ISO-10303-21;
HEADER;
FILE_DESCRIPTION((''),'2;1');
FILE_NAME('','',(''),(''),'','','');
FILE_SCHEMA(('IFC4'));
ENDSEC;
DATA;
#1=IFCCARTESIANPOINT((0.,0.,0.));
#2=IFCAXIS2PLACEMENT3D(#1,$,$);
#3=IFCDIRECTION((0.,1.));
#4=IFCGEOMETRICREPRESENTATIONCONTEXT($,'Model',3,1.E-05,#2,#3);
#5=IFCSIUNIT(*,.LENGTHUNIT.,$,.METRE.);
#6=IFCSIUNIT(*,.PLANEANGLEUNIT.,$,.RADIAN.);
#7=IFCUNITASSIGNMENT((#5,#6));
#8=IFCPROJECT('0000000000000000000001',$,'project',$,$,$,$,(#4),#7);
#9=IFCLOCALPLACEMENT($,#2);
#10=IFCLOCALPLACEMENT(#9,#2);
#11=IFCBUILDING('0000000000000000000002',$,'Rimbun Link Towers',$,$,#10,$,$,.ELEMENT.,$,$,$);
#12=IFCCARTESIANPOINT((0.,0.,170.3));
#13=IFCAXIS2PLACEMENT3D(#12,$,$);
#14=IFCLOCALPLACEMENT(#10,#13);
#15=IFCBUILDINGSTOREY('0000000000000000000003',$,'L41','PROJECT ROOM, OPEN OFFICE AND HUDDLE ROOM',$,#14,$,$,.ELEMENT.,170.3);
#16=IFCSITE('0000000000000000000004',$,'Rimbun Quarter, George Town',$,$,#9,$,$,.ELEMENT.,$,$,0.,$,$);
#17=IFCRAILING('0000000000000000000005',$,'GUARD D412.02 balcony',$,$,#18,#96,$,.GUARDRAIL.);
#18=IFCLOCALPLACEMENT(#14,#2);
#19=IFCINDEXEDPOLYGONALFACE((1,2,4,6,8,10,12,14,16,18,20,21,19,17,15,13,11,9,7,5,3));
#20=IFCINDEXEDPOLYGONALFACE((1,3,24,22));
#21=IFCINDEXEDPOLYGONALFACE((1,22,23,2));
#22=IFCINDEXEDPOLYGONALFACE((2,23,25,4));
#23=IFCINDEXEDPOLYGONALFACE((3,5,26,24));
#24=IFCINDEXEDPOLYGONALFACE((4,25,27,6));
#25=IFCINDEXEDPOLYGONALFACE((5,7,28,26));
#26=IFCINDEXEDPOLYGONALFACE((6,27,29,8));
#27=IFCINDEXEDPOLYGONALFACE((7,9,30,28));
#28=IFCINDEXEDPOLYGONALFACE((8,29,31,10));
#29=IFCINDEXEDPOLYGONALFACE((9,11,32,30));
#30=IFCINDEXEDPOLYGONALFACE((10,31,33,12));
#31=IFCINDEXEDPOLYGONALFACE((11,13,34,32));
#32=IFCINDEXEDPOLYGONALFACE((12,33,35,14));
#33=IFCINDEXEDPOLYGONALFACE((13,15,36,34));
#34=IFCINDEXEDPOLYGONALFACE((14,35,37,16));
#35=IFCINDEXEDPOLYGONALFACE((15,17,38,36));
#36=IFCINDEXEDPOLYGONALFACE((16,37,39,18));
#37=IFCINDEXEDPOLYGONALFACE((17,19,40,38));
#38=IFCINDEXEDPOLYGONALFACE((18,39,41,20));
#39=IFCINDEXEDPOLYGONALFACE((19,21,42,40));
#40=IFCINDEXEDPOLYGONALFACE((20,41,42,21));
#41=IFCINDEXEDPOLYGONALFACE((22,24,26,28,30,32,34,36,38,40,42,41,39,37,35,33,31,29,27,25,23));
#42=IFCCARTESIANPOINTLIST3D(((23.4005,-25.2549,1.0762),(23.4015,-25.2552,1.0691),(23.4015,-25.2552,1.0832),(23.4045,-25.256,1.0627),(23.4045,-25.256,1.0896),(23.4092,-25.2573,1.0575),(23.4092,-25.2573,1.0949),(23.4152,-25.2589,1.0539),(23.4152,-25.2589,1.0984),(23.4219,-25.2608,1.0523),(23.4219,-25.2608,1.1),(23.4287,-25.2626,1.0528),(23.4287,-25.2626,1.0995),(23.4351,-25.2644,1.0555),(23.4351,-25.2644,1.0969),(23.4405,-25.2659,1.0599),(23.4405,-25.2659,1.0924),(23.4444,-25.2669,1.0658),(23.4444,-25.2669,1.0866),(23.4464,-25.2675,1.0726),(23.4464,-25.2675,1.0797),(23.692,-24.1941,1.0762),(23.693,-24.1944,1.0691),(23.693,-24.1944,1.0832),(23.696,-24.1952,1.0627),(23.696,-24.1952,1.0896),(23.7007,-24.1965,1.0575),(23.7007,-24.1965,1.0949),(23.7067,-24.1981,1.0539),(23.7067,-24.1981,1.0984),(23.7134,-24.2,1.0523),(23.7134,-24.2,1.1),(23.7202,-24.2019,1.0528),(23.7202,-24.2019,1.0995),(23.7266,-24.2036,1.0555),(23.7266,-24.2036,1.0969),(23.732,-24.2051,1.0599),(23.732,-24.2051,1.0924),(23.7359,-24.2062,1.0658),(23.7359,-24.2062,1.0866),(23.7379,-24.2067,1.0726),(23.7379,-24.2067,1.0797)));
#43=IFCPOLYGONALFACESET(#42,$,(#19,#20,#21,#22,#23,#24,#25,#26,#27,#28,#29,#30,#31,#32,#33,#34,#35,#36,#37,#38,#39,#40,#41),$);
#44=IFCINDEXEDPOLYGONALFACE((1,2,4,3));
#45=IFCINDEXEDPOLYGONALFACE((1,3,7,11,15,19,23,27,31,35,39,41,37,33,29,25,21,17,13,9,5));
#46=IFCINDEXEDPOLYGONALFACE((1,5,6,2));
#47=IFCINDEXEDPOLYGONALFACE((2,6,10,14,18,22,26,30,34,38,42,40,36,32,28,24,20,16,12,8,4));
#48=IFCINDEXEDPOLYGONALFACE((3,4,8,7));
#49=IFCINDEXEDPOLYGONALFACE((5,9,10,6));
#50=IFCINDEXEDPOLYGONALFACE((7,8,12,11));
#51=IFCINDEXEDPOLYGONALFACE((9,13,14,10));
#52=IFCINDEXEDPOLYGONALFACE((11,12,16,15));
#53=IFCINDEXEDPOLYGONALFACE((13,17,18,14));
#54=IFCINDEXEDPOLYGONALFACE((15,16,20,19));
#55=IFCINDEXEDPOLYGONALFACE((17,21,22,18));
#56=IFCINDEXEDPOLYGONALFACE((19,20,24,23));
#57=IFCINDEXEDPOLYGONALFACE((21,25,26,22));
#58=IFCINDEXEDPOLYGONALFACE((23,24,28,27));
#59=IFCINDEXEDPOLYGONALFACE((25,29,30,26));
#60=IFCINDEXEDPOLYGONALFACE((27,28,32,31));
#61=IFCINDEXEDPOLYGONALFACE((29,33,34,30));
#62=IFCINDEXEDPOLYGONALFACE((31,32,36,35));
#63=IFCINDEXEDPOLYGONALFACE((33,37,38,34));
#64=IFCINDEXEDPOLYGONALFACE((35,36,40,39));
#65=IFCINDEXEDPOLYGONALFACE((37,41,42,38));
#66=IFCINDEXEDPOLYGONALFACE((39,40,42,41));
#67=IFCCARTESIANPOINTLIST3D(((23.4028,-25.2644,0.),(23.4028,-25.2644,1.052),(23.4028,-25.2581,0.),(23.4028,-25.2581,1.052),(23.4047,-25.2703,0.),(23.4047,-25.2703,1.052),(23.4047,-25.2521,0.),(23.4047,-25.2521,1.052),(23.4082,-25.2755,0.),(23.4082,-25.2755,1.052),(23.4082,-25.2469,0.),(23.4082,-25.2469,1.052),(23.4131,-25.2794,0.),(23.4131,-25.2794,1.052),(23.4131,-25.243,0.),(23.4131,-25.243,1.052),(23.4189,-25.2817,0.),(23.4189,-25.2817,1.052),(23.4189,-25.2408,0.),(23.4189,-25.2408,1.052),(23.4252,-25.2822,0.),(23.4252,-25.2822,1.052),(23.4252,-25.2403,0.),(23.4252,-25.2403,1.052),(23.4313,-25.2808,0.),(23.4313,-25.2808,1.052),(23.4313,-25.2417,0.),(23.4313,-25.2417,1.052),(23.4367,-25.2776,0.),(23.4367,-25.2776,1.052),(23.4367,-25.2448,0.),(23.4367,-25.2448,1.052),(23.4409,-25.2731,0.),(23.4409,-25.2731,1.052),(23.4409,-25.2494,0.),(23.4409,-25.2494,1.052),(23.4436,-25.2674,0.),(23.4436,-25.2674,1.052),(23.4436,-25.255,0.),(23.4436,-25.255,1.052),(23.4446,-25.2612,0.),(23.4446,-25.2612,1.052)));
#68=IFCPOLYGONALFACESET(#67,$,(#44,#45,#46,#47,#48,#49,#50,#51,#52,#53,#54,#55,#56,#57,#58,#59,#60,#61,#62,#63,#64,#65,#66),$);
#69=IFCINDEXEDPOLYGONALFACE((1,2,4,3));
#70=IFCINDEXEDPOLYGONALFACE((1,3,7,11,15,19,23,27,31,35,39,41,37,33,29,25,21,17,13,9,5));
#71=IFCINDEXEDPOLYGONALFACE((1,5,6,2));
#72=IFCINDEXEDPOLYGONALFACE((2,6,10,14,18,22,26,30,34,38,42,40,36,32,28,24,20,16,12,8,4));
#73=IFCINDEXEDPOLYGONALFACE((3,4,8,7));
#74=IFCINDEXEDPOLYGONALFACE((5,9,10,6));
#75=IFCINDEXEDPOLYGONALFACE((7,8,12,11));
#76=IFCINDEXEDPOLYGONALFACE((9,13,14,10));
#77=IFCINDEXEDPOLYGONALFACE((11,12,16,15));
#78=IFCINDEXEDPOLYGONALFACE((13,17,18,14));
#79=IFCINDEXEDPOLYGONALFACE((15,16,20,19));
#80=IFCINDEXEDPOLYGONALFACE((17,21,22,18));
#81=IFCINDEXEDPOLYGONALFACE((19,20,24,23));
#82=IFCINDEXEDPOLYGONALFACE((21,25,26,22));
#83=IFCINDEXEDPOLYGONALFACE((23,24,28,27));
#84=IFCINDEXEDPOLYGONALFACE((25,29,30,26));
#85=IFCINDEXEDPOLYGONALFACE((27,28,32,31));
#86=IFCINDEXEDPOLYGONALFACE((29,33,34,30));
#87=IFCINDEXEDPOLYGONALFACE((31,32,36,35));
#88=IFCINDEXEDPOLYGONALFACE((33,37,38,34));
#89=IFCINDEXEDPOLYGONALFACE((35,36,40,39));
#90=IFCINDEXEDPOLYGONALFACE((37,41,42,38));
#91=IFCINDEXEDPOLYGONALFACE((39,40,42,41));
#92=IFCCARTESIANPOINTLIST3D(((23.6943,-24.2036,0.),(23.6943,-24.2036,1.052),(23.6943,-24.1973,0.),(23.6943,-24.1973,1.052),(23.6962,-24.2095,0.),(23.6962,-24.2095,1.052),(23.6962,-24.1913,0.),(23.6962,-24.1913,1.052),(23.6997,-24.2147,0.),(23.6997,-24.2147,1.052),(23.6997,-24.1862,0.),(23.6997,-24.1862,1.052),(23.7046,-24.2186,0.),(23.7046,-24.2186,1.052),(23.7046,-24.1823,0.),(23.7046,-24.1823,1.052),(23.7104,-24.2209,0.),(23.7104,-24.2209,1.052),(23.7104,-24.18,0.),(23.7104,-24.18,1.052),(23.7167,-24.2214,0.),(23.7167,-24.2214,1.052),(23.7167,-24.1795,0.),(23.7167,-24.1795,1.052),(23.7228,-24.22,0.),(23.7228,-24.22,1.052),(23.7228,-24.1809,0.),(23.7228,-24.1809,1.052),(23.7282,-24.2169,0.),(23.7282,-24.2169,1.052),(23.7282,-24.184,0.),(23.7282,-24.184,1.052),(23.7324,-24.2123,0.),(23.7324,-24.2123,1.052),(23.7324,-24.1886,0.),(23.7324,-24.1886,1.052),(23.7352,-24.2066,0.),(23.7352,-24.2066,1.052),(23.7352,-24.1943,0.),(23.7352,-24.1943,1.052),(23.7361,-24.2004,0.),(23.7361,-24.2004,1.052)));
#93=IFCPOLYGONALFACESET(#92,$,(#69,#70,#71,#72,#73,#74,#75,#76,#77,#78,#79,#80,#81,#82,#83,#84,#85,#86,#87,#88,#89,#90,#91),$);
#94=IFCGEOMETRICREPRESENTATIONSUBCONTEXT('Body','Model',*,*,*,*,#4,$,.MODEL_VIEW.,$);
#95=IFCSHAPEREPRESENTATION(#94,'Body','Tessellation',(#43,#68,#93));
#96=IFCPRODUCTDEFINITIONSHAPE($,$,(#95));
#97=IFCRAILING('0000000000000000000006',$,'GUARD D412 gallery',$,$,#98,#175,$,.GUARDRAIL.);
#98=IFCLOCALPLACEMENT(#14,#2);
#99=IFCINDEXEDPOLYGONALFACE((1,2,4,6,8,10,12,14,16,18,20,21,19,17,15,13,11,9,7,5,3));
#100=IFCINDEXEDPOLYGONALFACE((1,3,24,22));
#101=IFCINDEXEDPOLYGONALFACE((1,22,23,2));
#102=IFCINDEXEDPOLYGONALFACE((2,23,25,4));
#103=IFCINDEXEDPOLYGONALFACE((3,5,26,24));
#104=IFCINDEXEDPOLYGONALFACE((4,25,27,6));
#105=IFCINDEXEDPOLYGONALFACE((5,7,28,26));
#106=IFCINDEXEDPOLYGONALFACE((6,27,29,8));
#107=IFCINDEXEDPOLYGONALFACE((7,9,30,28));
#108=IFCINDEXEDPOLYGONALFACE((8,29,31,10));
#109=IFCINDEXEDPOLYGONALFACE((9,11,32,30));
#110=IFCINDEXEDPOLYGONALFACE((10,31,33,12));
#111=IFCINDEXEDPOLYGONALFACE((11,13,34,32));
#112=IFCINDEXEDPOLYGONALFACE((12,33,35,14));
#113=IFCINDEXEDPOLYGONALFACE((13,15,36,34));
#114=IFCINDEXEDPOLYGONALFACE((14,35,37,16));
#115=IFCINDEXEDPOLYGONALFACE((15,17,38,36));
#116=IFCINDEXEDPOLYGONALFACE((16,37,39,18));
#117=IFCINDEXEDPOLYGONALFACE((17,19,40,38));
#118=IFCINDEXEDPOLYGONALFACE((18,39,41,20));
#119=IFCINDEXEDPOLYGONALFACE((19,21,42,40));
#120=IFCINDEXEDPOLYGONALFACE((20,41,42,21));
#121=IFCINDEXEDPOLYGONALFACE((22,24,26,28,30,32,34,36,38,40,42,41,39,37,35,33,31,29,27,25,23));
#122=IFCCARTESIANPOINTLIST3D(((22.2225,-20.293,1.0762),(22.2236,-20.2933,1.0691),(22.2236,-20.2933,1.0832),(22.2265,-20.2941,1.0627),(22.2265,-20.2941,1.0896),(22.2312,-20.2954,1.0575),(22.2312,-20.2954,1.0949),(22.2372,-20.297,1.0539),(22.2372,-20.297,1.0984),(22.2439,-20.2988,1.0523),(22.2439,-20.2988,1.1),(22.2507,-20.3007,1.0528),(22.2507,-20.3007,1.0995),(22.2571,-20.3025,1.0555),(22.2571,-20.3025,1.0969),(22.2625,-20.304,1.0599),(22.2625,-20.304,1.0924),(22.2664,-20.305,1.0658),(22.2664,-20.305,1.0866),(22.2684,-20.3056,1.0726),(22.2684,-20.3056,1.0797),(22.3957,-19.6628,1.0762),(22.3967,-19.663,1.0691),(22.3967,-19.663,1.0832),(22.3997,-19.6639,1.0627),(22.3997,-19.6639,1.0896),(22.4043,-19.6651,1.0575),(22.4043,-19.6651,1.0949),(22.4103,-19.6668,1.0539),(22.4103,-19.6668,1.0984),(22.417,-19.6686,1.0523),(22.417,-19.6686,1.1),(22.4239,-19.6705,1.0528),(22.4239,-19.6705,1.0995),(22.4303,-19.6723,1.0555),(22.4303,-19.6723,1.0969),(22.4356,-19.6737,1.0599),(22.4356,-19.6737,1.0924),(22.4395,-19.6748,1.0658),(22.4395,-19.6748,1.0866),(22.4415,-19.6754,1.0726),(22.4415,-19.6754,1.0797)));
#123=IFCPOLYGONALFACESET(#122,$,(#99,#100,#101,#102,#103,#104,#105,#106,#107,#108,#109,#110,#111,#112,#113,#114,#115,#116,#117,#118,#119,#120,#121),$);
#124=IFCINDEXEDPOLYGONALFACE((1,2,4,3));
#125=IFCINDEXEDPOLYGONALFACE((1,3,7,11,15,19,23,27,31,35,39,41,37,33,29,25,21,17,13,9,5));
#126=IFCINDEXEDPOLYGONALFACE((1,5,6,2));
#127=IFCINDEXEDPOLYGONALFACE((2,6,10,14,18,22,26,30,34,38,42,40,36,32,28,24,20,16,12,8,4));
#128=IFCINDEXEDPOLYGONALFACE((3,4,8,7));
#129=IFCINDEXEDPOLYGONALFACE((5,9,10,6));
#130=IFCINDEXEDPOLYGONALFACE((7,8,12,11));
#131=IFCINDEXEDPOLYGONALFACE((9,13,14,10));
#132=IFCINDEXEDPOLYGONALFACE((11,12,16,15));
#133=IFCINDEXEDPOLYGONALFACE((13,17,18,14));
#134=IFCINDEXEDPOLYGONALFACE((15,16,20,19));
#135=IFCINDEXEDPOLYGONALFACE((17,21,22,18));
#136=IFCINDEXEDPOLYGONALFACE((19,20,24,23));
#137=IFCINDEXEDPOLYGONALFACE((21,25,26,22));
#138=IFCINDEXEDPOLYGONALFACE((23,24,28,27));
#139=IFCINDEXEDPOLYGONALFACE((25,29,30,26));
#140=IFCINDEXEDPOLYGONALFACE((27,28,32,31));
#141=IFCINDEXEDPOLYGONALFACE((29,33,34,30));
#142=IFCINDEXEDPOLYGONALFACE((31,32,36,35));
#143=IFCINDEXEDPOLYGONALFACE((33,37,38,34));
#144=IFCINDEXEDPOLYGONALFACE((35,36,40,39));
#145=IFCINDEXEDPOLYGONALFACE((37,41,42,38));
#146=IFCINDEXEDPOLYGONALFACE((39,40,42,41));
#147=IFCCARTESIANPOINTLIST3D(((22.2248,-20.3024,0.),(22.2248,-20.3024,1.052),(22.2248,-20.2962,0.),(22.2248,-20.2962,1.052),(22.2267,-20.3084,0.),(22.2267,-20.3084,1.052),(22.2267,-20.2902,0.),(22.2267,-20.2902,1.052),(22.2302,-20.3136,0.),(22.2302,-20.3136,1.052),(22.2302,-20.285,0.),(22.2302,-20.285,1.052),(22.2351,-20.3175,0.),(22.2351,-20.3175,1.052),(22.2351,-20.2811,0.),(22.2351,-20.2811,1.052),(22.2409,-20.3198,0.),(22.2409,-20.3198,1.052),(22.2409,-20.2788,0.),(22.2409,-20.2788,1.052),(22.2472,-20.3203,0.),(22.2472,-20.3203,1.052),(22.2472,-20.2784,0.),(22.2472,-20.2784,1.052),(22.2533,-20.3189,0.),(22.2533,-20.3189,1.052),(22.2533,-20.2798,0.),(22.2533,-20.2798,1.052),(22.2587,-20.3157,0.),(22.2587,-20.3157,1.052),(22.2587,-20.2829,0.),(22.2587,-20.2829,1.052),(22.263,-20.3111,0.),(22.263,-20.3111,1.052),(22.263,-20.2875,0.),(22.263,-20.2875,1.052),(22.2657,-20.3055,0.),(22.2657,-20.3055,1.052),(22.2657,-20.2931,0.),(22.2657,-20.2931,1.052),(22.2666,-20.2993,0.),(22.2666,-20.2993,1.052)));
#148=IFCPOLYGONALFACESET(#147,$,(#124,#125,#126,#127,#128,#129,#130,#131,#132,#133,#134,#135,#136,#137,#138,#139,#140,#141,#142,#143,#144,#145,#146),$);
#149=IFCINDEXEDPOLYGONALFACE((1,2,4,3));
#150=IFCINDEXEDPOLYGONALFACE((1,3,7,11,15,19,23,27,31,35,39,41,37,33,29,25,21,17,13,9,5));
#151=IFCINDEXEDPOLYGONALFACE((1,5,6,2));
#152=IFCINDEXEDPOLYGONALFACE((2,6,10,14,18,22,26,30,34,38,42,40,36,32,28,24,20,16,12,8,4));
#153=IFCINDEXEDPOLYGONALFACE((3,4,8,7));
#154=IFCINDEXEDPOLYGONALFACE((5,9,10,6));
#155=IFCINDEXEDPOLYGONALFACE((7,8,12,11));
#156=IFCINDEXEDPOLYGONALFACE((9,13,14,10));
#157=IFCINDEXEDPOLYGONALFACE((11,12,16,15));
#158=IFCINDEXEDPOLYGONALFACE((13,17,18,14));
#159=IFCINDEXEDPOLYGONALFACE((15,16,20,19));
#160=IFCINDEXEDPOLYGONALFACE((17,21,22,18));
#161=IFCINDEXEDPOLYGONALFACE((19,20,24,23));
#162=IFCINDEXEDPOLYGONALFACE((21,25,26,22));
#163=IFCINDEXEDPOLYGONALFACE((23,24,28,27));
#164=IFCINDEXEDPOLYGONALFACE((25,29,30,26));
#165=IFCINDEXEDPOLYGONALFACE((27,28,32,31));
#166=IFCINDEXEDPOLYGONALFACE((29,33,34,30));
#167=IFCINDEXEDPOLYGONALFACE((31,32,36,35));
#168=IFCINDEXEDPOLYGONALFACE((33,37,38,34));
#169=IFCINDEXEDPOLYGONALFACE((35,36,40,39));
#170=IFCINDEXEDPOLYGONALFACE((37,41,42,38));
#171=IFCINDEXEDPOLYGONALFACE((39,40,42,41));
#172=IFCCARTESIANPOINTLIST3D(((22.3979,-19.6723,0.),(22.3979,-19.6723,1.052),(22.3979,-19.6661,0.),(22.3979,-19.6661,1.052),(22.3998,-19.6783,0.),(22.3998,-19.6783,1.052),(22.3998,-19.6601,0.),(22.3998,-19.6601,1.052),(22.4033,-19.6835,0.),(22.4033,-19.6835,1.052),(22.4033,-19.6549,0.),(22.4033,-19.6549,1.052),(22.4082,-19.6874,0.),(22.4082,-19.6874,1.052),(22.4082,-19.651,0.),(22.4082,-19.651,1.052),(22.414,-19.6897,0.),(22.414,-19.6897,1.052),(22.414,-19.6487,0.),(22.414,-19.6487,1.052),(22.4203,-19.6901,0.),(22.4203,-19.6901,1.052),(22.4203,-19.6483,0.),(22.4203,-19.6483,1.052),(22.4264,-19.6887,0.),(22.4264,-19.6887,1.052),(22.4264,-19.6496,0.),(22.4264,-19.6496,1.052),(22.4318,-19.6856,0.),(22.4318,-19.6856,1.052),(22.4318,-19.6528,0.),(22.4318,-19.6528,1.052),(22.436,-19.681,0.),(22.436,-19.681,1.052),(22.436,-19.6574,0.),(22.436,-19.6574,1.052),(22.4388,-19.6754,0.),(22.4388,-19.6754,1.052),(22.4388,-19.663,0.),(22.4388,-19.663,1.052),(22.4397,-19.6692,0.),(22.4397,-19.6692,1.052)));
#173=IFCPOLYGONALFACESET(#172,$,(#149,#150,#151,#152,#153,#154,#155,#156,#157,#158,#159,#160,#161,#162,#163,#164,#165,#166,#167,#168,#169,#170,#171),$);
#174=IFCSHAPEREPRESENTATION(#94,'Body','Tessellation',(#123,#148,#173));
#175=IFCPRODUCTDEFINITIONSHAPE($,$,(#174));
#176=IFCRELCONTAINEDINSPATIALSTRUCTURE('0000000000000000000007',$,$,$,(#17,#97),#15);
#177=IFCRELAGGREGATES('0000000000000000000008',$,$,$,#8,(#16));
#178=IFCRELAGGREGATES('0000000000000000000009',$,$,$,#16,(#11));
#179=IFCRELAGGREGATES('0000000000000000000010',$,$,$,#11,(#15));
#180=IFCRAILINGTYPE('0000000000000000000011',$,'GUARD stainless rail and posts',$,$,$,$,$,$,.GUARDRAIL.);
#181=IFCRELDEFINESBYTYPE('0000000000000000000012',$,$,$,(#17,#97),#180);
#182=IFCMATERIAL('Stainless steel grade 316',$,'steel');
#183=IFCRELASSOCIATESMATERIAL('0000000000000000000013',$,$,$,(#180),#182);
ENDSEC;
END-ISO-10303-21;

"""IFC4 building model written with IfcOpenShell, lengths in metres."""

from ifc_helpers import new_model, si_unit, direction, frame, origin, origin_2d, place, context, subcontext, project, spatial, circle, extrude, material, type_object, element, save


model = new_model("IFC4")

# Units and contexts
model_context = context("Model", 3, precision=1e-05, world=origin(), true_north=direction((0.0, 1.0)))
body_context = subcontext(model_context, "Body", "Model", "MODEL_VIEW")
ifc_project = project(units=[si_unit("LENGTHUNIT", "METRE"), si_unit("PLANEANGLEUNIT", "RADIAN")], contexts=[model_context])

# Site, building, storey
site_placement = place(None, origin())
site = spatial("IfcSite", under=ifc_project, at=site_placement, Name="Rimbun Quarter, George Town", CompositionType="ELEMENT", RefElevation=0.0)
building_placement = place(site_placement, origin())
building = spatial("IfcBuilding", under=site, at=building_placement, Name="Rimbun Link Towers", CompositionType="ELEMENT")
storey_placement = place(building_placement, frame((0.0, 0.0, 170.3)))
storey = spatial("IfcBuildingStorey", under=building, at=storey_placement, Name="L41", Description="PROJECT ROOM, OPEN OFFICE AND HUDDLE ROOM", CompositionType="ELEMENT", Elevation=170.3)

# Railings
ifc_material_1 = material(Name="Stainless steel grade 316", Category="steel")
railing_type = type_object("IfcRailingType", Name="GUARD stainless rail and posts", PredefinedType="GUARDRAIL", material=ifc_material_1)
railing_1_placement = place(storey_placement, frame((23.4236, -25.2612, 0.0)))
element("IfcRailing", 1, at=railing_1_placement, inside=storey, type_object=railing_type, Name="GUARD D412.02 balcony", PredefinedType="GUARDRAIL", context=body_context, shape_type="SweptSolid", body=[
    extrude(circle(Radius=0.0239, at=origin_2d()), frame((0.0, 0.0, 1.0762), z_axis=(0.264976, 0.964255, 0.0), x_axis=(-0.964255, 0.264976, 0.0)), (0.0, 0.0, 1.0), 1.1001),
    extrude(circle(Radius=0.021, at=origin_2d()), origin(), (0.0, 0.0, 1.0), 1.052),
    extrude(circle(Radius=0.021, at=origin_2d()), frame((0.2915, 1.0608, 0.0)), (0.0, 0.0, 1.0), 1.052),
])
railing_2_placement = place(storey_placement, frame((22.2456, -20.2993, 0.0)))
element("IfcRailing", 2, at=railing_2_placement, inside=storey, type_object=railing_type, Name="GUARD D412 gallery", PredefinedType="GUARDRAIL", context=body_context, shape_type="SweptSolid", body=[
    extrude(circle(Radius=0.0239, at=origin_2d()), frame((0.0, 0.0, 1.0762), z_axis=(0.264887, 0.964279, 0.0), x_axis=(-0.964279, 0.264887, 0.0)), (0.0, 0.0, 1.0), 0.6536),
    extrude(circle(Radius=0.021, at=origin_2d()), origin(), (0.0, 0.0, 1.0), 1.052),
    extrude(circle(Radius=0.021, at=origin_2d()), frame((0.1731, 0.6301, 0.0)), (0.0, 0.0, 1.0), 1.052),
])

save(model, "model.ifc")
